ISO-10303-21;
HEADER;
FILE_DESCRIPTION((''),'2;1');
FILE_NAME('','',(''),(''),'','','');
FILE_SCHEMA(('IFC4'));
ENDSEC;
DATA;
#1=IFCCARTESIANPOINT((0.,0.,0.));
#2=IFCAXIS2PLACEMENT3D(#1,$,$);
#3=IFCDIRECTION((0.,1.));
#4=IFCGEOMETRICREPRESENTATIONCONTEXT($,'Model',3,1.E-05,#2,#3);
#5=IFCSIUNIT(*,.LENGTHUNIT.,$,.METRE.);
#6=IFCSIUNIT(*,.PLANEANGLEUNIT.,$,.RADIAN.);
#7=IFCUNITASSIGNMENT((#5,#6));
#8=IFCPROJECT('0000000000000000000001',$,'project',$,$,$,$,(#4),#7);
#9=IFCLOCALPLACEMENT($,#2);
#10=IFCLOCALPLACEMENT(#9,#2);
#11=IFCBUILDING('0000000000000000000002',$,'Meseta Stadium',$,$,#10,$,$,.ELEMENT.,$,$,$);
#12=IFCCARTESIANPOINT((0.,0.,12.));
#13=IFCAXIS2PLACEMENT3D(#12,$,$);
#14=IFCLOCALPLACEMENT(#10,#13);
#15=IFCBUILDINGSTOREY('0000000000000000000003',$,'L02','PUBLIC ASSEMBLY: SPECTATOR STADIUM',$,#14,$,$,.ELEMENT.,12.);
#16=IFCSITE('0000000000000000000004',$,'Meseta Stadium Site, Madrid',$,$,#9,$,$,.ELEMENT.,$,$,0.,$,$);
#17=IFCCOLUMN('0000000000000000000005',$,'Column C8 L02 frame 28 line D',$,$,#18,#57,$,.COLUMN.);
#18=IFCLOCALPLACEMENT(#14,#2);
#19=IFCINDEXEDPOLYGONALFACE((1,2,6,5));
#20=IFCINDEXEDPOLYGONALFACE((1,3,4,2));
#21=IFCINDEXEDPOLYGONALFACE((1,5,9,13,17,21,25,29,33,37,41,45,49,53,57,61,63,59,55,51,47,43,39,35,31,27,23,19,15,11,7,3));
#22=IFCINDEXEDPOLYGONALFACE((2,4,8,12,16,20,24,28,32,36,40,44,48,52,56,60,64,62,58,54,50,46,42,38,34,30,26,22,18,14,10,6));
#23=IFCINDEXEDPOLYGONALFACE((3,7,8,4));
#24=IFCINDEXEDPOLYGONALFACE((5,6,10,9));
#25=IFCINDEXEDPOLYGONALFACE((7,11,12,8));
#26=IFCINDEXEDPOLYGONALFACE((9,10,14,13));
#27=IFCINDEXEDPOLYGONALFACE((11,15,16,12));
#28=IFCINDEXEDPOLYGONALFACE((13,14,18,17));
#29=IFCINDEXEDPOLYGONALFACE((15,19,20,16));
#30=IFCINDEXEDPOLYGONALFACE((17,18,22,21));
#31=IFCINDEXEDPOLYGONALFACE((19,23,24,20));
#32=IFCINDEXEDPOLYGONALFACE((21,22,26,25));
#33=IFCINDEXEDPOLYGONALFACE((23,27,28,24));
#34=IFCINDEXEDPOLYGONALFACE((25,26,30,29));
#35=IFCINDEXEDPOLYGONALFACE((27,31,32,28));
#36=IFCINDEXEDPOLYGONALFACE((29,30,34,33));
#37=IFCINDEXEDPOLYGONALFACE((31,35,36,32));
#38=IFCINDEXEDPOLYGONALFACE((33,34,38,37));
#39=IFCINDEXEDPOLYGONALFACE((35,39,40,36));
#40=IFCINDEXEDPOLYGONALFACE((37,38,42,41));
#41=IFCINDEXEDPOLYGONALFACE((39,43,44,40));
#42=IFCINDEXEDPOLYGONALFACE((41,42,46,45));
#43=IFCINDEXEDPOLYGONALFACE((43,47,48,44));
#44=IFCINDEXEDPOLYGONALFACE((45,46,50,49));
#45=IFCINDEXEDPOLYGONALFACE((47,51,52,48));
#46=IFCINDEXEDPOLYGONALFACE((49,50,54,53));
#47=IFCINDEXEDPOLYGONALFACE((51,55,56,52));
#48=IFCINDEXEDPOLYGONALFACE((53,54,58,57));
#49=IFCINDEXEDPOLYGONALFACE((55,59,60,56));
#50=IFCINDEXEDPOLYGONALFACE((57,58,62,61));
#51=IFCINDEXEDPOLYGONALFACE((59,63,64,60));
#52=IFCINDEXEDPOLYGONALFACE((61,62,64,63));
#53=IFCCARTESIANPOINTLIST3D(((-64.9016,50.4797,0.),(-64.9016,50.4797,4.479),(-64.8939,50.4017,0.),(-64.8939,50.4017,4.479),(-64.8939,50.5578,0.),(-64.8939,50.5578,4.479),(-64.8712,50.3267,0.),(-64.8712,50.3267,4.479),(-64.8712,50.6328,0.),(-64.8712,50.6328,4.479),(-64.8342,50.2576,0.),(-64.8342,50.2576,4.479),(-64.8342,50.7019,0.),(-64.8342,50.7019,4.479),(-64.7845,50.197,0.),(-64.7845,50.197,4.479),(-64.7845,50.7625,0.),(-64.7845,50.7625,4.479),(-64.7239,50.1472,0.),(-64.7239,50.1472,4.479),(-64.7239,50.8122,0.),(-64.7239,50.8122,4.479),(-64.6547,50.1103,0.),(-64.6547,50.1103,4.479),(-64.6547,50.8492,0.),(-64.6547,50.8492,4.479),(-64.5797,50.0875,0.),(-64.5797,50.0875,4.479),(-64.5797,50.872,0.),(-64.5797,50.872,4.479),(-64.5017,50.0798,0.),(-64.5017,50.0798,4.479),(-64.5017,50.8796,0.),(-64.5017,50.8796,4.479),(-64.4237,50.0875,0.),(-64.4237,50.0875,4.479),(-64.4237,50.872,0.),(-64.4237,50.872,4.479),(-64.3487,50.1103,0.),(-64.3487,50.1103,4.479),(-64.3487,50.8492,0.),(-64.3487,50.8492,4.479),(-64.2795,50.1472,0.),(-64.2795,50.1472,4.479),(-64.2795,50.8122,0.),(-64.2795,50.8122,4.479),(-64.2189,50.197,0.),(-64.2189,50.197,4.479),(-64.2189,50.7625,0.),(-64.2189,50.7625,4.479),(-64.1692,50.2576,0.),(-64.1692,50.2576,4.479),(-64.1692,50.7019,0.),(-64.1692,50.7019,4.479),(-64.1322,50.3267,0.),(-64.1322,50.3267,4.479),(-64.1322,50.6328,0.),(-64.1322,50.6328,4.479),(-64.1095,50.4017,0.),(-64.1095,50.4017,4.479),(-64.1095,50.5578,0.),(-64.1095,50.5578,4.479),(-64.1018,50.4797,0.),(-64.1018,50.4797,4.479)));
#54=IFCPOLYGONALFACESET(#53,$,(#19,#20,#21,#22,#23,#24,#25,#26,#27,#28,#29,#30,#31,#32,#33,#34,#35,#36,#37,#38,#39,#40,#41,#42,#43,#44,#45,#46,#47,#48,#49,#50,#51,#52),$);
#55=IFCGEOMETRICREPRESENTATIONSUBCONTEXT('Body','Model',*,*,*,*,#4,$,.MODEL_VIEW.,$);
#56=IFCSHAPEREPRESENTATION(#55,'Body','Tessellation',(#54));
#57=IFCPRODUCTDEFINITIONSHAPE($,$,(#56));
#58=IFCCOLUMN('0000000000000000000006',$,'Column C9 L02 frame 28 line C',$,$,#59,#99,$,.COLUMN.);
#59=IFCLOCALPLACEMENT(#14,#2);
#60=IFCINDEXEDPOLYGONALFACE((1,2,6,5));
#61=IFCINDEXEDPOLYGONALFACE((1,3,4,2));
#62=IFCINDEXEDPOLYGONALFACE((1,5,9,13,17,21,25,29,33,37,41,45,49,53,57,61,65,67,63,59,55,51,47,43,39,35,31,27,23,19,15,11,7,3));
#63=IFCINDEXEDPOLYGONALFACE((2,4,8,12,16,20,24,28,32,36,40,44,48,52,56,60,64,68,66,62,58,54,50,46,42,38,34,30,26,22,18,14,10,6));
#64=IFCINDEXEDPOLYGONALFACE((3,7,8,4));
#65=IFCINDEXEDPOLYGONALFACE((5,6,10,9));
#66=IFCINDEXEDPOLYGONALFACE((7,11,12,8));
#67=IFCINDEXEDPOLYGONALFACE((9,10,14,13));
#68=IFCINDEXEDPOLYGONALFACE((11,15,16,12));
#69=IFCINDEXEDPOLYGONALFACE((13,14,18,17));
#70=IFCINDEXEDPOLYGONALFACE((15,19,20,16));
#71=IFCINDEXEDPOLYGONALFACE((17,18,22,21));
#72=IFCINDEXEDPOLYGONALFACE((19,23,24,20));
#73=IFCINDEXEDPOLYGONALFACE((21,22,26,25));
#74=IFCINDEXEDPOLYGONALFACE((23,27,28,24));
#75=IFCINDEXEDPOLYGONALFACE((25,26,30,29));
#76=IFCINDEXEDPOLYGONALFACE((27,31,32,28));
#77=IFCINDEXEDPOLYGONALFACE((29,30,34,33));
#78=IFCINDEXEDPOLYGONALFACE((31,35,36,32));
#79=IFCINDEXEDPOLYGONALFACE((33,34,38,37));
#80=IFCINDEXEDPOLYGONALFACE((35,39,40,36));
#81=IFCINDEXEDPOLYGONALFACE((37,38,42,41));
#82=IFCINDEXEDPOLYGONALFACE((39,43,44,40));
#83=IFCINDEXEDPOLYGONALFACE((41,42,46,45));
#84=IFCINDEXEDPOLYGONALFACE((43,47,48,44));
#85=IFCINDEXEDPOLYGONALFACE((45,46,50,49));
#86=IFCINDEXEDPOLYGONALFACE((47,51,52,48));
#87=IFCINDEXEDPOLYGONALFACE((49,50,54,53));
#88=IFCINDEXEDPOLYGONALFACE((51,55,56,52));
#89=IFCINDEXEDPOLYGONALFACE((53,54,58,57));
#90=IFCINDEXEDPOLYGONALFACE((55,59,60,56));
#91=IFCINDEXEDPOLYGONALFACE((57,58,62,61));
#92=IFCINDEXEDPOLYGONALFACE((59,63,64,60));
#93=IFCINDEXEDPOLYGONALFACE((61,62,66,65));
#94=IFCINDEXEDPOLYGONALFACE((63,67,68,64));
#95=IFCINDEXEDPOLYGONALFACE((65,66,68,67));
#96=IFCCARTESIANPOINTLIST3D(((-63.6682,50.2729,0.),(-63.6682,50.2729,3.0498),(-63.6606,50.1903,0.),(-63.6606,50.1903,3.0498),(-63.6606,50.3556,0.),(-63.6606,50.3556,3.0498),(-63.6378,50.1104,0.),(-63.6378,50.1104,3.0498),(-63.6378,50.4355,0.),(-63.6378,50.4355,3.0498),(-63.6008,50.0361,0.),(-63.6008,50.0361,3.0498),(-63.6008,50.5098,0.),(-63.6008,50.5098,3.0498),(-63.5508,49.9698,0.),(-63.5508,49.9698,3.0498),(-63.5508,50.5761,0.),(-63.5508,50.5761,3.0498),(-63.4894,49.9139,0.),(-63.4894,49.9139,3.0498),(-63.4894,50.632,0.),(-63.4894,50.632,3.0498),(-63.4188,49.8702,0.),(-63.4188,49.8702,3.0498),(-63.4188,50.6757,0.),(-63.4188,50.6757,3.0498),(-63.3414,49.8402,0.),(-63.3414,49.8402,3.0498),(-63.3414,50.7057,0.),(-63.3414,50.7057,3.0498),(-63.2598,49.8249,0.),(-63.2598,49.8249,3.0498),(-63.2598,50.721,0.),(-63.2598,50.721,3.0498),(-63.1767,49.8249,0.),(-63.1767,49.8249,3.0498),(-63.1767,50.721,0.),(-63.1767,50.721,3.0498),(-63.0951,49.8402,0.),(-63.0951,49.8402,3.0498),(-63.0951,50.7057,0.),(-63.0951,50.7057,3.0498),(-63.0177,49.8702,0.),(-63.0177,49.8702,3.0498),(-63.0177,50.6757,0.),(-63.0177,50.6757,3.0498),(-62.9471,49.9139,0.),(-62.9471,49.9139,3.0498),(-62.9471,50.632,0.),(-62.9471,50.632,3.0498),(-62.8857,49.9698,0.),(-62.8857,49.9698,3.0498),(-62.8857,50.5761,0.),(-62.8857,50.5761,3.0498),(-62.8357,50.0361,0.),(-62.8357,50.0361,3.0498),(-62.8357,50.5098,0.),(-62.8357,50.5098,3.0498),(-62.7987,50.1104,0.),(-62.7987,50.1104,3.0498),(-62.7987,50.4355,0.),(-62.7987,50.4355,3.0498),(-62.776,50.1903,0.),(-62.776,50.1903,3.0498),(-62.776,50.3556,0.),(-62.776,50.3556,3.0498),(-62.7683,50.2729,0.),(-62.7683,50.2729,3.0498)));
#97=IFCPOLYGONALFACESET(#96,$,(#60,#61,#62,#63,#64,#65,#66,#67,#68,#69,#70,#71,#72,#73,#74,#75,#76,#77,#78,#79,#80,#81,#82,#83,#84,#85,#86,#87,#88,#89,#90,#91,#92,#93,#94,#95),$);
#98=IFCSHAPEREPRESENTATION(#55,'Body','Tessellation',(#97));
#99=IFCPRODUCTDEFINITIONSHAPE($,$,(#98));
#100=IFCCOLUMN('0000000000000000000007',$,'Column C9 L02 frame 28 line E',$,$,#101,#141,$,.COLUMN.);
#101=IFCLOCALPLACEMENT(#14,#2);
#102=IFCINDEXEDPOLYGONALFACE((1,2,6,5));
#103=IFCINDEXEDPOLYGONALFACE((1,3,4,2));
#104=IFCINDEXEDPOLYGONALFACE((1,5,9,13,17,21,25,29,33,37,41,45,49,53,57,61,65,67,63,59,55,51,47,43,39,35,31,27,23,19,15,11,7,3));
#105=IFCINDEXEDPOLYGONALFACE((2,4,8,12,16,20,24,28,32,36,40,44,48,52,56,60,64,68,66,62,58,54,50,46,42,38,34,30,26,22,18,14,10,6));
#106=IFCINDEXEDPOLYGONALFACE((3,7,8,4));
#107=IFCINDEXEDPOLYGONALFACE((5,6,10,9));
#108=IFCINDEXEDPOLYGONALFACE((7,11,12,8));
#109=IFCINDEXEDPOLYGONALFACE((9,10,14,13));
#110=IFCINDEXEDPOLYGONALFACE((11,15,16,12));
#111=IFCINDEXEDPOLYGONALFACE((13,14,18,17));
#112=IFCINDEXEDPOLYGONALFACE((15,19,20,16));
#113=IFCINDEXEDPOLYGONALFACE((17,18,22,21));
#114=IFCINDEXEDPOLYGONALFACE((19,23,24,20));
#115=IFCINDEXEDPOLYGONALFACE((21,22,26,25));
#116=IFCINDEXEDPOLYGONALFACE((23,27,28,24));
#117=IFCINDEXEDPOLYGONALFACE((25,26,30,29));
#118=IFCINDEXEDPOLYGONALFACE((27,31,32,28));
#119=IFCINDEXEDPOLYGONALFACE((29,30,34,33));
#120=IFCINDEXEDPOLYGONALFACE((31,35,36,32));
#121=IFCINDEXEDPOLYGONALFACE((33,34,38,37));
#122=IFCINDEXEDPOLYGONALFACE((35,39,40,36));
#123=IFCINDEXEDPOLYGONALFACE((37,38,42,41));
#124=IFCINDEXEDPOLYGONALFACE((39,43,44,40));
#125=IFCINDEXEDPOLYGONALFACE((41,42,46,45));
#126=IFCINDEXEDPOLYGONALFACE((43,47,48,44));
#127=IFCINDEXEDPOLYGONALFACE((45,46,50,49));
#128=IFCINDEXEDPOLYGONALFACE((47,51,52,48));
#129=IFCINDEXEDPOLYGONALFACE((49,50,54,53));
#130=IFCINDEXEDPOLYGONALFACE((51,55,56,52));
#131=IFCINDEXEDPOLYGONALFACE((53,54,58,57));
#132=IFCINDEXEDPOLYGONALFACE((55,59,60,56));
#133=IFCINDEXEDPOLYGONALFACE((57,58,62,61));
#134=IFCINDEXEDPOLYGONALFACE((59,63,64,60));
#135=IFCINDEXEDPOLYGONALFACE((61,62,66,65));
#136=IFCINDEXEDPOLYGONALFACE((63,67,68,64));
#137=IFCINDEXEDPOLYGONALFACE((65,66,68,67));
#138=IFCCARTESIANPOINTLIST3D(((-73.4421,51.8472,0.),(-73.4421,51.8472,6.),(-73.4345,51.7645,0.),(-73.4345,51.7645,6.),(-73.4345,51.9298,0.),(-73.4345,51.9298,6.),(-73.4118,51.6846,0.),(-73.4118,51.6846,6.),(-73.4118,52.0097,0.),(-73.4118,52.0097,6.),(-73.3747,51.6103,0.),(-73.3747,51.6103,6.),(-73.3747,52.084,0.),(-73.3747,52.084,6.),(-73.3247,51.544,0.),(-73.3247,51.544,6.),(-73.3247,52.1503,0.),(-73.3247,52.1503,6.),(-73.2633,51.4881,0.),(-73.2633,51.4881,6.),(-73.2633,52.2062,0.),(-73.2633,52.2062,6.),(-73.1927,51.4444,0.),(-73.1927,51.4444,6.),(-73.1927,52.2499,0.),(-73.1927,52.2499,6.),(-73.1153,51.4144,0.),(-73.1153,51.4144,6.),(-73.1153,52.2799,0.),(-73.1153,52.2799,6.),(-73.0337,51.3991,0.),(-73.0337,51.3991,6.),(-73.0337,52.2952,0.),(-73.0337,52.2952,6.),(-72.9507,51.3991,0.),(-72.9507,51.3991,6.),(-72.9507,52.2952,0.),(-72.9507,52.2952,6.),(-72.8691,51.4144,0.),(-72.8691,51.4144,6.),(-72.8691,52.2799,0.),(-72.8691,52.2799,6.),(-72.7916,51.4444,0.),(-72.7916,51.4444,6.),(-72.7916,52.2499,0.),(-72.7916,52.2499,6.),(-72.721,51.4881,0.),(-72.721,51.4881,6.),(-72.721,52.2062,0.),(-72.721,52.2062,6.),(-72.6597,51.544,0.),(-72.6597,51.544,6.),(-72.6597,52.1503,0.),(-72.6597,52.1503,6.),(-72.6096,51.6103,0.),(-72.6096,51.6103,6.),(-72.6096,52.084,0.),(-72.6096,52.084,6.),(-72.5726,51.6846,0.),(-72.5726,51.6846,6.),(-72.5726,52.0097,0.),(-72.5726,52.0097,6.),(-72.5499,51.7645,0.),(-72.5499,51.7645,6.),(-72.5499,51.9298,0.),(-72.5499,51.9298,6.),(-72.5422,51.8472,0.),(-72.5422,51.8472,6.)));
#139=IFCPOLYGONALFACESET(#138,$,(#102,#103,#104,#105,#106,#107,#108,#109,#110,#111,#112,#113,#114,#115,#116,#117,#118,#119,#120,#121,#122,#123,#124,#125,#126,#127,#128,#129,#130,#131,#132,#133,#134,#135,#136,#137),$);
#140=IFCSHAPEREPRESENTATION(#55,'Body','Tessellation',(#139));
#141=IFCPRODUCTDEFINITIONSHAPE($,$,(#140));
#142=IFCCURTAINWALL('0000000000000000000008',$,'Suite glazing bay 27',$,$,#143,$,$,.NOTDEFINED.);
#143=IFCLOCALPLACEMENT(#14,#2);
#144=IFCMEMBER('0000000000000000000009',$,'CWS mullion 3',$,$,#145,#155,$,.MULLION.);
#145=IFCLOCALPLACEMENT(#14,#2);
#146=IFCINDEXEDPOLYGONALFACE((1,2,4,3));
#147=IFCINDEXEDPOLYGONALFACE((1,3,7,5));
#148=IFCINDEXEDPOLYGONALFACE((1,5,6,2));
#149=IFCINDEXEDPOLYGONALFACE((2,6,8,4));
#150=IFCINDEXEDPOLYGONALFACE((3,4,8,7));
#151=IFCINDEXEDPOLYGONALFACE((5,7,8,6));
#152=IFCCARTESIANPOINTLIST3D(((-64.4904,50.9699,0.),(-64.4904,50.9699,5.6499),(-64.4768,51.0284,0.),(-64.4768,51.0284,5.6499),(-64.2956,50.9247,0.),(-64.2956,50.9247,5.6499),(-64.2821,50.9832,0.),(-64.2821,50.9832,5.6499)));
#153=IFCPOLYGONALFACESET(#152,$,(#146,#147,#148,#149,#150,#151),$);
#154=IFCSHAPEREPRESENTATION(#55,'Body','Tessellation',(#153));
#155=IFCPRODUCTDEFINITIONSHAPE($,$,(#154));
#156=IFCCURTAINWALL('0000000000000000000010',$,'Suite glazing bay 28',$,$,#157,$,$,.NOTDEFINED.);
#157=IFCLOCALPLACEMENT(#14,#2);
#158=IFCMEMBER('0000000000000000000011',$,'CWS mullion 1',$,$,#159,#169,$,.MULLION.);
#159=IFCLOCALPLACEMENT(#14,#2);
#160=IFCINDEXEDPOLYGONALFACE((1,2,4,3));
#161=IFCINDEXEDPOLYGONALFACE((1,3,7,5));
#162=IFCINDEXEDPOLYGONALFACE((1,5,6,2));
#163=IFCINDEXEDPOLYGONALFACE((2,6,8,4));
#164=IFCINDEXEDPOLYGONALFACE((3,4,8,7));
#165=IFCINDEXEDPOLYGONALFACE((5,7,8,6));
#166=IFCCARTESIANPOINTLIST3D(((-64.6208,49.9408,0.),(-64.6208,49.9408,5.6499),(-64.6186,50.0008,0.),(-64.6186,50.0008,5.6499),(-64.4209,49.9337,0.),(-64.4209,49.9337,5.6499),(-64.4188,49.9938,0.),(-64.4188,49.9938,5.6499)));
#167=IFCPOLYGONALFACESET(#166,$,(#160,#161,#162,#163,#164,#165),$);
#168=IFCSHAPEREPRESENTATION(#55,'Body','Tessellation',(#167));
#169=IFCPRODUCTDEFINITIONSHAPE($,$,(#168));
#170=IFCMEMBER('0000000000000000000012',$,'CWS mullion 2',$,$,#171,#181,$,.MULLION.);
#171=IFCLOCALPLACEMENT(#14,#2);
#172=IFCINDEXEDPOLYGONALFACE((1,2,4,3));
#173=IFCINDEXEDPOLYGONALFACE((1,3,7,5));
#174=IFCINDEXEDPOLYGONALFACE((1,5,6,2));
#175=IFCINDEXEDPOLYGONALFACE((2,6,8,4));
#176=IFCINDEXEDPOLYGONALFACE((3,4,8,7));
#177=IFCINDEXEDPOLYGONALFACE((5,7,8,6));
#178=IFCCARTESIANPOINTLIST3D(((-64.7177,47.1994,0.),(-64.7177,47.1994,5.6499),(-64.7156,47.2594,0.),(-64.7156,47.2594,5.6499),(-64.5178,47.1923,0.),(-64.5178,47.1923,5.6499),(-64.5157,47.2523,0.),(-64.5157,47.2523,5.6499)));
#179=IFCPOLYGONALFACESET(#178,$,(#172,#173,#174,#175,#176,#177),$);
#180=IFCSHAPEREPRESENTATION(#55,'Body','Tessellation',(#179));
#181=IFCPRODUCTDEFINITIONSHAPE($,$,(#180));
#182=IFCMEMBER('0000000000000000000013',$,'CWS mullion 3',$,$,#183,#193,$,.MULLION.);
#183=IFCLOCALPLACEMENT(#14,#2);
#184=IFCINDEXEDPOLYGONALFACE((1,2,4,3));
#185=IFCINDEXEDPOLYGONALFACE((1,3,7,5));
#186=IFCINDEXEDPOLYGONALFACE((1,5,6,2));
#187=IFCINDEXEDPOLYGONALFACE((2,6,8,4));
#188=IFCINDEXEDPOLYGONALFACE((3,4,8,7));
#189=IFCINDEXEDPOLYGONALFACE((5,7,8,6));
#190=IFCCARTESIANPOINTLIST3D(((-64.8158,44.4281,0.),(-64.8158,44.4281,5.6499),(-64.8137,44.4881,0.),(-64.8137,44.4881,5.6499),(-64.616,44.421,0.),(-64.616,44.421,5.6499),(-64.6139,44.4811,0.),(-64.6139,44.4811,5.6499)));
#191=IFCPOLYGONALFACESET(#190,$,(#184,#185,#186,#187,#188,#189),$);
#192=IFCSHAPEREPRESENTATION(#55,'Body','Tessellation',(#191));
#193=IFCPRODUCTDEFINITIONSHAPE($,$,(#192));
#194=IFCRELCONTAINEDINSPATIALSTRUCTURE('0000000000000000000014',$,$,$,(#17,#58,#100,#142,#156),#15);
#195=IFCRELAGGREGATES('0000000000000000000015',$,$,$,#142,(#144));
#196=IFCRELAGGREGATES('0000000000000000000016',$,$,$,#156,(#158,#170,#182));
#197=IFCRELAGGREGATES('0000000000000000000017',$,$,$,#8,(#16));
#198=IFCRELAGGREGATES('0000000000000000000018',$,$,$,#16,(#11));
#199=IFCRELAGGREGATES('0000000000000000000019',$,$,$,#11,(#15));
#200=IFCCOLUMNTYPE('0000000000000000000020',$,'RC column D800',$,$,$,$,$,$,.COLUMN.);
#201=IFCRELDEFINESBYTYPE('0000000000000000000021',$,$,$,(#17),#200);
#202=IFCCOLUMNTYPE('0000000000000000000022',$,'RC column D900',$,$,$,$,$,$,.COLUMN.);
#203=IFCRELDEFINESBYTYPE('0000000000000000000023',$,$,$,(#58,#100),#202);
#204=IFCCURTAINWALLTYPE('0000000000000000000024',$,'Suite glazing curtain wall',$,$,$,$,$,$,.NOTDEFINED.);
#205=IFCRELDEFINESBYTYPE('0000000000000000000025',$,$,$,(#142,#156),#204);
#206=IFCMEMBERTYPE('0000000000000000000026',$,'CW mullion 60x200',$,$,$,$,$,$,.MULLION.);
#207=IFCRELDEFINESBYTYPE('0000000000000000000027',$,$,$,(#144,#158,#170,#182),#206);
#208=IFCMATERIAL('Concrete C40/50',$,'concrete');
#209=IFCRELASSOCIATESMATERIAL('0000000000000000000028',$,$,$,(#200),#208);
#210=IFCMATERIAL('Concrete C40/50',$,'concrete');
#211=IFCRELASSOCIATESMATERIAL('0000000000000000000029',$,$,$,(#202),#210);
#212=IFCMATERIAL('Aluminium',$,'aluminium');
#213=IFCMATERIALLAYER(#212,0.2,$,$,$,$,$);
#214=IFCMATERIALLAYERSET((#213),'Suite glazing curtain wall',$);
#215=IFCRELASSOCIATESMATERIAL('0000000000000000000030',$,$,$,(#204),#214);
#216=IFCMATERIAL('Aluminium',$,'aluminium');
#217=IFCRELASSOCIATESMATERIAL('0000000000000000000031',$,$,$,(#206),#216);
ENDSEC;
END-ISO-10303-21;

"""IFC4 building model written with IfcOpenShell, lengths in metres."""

from ifc_helpers import new_model, si_unit, direction, frame, origin, origin_2d, place, context, subcontext, project, spatial, rectangle, circle, extrude, material, layer, layer_set, material_profile, profile_set, type_object, element, aggregate, save


model = new_model("IFC4")

# Units and contexts
model_context = context("Model", 3, precision=1e-05, world=origin(), true_north=direction((0.0, 1.0)))
body_context = subcontext(model_context, "Body", "Model", "MODEL_VIEW")
ifc_project = project(units=[si_unit("LENGTHUNIT", "METRE"), si_unit("PLANEANGLEUNIT", "RADIAN")], contexts=[model_context])

# Site, building, storey
site_placement = place(None, origin())
site = spatial("IfcSite", under=ifc_project, at=site_placement, Name="Meseta Stadium Site, Madrid", CompositionType="ELEMENT", RefElevation=0.0)
building_placement = place(site_placement, origin())
building = spatial("IfcBuilding", under=site, at=building_placement, Name="Meseta Stadium", CompositionType="ELEMENT")
storey_placement = place(building_placement, frame((0.0, 0.0, 12.0)))
storey = spatial("IfcBuildingStorey", under=building, at=storey_placement, Name="L02", Description="PUBLIC ASSEMBLY: SPECTATOR STADIUM", CompositionType="ELEMENT", Elevation=12.0)

# Columns
ifc_material_1 = material(Name="Concrete C40/50", Category="concrete")
ifc_material_profile_1 = material_profile(ifc_material_1, circle(Radius=0.3999, at=origin_2d()), Name="RC D800")
ifc_profile_set_1 = profile_set([ifc_material_profile_1], Name="Concrete C40/50")
column_type_1 = type_object("IfcColumnType", Name="RC column D800", PredefinedType="COLUMN", material=ifc_profile_set_1)
column_1_placement = place(storey_placement, frame((-64.5017, 50.4797, 0.0), z_axis=(0.0, 0.0, 1.0), x_axis=(1.0, 0.0, 0.0)))
element("IfcColumn", 1, at=column_1_placement, inside=storey, type_object=column_type_1, Name="Column C8 L02 frame 28 line D", PredefinedType="COLUMN", context=body_context, shape_type="SweptSolid", body=[
    extrude(circle(Radius=0.3999, at=origin_2d()), origin(), (0.0, 0.0, 1.0), 4.479),
])
ifc_material_2 = material(Name="Concrete C40/50", Category="concrete")
ifc_material_profile_2 = material_profile(ifc_material_2, circle(Radius=0.45, at=origin_2d()), Name="RC D900")
ifc_profile_set_2 = profile_set([ifc_material_profile_2], Name="Concrete C40/50")
column_type_2 = type_object("IfcColumnType", Name="RC column D900", PredefinedType="COLUMN", material=ifc_profile_set_2)
column_2_placement = place(storey_placement, frame((-63.2183, 50.2729, 0.0), z_axis=(0.0, 0.0, 1.0), x_axis=(1.0, 0.0, 0.0)))
element("IfcColumn", 2, at=column_2_placement, inside=storey, type_object=column_type_2, Name="Column C9 L02 frame 28 line C", PredefinedType="COLUMN", context=body_context, shape_type="SweptSolid", body=[
    extrude(circle(Radius=0.45, at=origin_2d()), origin(), (0.0, 0.0, 1.0), 3.0498),
])
column_3_placement = place(storey_placement, frame((-72.9922, 51.8472, 0.0), z_axis=(0.0, 0.0, 1.0), x_axis=(1.0, 0.0, 0.0)))
element("IfcColumn", 3, at=column_3_placement, inside=storey, type_object=column_type_2, Name="Column C9 L02 frame 28 line E", PredefinedType="COLUMN", context=body_context, shape_type="SweptSolid", body=[
    extrude(circle(Radius=0.45, at=origin_2d()), origin(), (0.0, 0.0, 1.0), 6.0),
])

# Curtain wall, member
ifc_material_3 = material(Name="Aluminium", Category="aluminium")
ifc_layer_1 = layer(ifc_material_3, 0.2)
ifc_layer_set_1 = layer_set([ifc_layer_1], Name="Suite glazing curtain wall")
curtain_wall_type = type_object("IfcCurtainWallType", Name="Suite glazing curtain wall", PredefinedType="NOTDEFINED", material=ifc_layer_set_1)
curtain_wall_1_placement = place(storey_placement, origin())
curtain_wall_1 = element("IfcCurtainWall", 4, at=curtain_wall_1_placement, inside=storey, type_object=curtain_wall_type, Name="Suite glazing bay 27", PredefinedType="NOTDEFINED")
ifc_material_4 = material(Name="Aluminium", Category="aluminium")
ifc_material_profile_3 = material_profile(ifc_material_4, rectangle(XDim=0.2, YDim=0.0601, at=origin_2d()), Name="CW 200x60")
ifc_profile_set_3 = profile_set([ifc_material_profile_3], Name="Aluminium")
member_type_1 = type_object("IfcMemberType", Name="CW mullion 60x200", PredefinedType="MULLION", material=ifc_profile_set_3)
member_1_placement = place(storey_placement, frame((-64.3862, 50.9766, 0.0), z_axis=(0.0, 0.0, 1.0), x_axis=(0.974093, -0.226148, 0.0)))
member_1 = element("IfcMember", 5, at=member_1_placement, type_object=member_type_1, Name="CWS mullion 3", PredefinedType="MULLION", context=body_context, shape_type="SweptSolid", body=[
    extrude(rectangle(XDim=0.2, YDim=0.0601, at=origin_2d()), origin(), (0.0, 0.0, 1.0), 5.6499),
])
aggregate(curtain_wall_1, [member_1])

# Curtain wall, members
curtain_wall_2_placement = place(storey_placement, origin())
curtain_wall_2 = element("IfcCurtainWall", 6, at=curtain_wall_2_placement, inside=storey, type_object=curtain_wall_type, Name="Suite glazing bay 28", PredefinedType="NOTDEFINED")
member_2_placement = place(storey_placement, frame((-64.5198, 49.9673, 0.0), z_axis=(0.0, 0.0, 1.0), x_axis=(0.999374, -0.035371, 0.0)))
member_2 = element("IfcMember", 7, at=member_2_placement, type_object=member_type_1, Name="CWS mullion 1", PredefinedType="MULLION", context=body_context, shape_type="SweptSolid", body=[
    extrude(rectangle(XDim=0.2, YDim=0.0601, at=origin_2d()), origin(), (0.0, 0.0, 1.0), 5.6499),
])
member_3_placement = place(storey_placement, frame((-64.6167, 47.2258, 0.0), z_axis=(0.0, 0.0, 1.0), x_axis=(0.999374, -0.035371, 0.0)))
member_3 = element("IfcMember", 8, at=member_3_placement, type_object=member_type_1, Name="CWS mullion 2", PredefinedType="MULLION", context=body_context, shape_type="SweptSolid", body=[
    extrude(rectangle(XDim=0.2, YDim=0.0601, at=origin_2d()), origin(), (0.0, 0.0, 1.0), 5.6499),
])
member_4_placement = place(storey_placement, frame((-64.7148, 44.4546, 0.0), z_axis=(0.0, 0.0, 1.0), x_axis=(0.999374, -0.035371, 0.0)))
member_4 = element("IfcMember", 9, at=member_4_placement, type_object=member_type_1, Name="CWS mullion 3", PredefinedType="MULLION", context=body_context, shape_type="SweptSolid", body=[
    extrude(rectangle(XDim=0.2, YDim=0.0601, at=origin_2d()), origin(), (0.0, 0.0, 1.0), 5.6499),
])

aggregate(curtain_wall_2, [member_2, member_3, member_4])

save(model, "model.ifc")
